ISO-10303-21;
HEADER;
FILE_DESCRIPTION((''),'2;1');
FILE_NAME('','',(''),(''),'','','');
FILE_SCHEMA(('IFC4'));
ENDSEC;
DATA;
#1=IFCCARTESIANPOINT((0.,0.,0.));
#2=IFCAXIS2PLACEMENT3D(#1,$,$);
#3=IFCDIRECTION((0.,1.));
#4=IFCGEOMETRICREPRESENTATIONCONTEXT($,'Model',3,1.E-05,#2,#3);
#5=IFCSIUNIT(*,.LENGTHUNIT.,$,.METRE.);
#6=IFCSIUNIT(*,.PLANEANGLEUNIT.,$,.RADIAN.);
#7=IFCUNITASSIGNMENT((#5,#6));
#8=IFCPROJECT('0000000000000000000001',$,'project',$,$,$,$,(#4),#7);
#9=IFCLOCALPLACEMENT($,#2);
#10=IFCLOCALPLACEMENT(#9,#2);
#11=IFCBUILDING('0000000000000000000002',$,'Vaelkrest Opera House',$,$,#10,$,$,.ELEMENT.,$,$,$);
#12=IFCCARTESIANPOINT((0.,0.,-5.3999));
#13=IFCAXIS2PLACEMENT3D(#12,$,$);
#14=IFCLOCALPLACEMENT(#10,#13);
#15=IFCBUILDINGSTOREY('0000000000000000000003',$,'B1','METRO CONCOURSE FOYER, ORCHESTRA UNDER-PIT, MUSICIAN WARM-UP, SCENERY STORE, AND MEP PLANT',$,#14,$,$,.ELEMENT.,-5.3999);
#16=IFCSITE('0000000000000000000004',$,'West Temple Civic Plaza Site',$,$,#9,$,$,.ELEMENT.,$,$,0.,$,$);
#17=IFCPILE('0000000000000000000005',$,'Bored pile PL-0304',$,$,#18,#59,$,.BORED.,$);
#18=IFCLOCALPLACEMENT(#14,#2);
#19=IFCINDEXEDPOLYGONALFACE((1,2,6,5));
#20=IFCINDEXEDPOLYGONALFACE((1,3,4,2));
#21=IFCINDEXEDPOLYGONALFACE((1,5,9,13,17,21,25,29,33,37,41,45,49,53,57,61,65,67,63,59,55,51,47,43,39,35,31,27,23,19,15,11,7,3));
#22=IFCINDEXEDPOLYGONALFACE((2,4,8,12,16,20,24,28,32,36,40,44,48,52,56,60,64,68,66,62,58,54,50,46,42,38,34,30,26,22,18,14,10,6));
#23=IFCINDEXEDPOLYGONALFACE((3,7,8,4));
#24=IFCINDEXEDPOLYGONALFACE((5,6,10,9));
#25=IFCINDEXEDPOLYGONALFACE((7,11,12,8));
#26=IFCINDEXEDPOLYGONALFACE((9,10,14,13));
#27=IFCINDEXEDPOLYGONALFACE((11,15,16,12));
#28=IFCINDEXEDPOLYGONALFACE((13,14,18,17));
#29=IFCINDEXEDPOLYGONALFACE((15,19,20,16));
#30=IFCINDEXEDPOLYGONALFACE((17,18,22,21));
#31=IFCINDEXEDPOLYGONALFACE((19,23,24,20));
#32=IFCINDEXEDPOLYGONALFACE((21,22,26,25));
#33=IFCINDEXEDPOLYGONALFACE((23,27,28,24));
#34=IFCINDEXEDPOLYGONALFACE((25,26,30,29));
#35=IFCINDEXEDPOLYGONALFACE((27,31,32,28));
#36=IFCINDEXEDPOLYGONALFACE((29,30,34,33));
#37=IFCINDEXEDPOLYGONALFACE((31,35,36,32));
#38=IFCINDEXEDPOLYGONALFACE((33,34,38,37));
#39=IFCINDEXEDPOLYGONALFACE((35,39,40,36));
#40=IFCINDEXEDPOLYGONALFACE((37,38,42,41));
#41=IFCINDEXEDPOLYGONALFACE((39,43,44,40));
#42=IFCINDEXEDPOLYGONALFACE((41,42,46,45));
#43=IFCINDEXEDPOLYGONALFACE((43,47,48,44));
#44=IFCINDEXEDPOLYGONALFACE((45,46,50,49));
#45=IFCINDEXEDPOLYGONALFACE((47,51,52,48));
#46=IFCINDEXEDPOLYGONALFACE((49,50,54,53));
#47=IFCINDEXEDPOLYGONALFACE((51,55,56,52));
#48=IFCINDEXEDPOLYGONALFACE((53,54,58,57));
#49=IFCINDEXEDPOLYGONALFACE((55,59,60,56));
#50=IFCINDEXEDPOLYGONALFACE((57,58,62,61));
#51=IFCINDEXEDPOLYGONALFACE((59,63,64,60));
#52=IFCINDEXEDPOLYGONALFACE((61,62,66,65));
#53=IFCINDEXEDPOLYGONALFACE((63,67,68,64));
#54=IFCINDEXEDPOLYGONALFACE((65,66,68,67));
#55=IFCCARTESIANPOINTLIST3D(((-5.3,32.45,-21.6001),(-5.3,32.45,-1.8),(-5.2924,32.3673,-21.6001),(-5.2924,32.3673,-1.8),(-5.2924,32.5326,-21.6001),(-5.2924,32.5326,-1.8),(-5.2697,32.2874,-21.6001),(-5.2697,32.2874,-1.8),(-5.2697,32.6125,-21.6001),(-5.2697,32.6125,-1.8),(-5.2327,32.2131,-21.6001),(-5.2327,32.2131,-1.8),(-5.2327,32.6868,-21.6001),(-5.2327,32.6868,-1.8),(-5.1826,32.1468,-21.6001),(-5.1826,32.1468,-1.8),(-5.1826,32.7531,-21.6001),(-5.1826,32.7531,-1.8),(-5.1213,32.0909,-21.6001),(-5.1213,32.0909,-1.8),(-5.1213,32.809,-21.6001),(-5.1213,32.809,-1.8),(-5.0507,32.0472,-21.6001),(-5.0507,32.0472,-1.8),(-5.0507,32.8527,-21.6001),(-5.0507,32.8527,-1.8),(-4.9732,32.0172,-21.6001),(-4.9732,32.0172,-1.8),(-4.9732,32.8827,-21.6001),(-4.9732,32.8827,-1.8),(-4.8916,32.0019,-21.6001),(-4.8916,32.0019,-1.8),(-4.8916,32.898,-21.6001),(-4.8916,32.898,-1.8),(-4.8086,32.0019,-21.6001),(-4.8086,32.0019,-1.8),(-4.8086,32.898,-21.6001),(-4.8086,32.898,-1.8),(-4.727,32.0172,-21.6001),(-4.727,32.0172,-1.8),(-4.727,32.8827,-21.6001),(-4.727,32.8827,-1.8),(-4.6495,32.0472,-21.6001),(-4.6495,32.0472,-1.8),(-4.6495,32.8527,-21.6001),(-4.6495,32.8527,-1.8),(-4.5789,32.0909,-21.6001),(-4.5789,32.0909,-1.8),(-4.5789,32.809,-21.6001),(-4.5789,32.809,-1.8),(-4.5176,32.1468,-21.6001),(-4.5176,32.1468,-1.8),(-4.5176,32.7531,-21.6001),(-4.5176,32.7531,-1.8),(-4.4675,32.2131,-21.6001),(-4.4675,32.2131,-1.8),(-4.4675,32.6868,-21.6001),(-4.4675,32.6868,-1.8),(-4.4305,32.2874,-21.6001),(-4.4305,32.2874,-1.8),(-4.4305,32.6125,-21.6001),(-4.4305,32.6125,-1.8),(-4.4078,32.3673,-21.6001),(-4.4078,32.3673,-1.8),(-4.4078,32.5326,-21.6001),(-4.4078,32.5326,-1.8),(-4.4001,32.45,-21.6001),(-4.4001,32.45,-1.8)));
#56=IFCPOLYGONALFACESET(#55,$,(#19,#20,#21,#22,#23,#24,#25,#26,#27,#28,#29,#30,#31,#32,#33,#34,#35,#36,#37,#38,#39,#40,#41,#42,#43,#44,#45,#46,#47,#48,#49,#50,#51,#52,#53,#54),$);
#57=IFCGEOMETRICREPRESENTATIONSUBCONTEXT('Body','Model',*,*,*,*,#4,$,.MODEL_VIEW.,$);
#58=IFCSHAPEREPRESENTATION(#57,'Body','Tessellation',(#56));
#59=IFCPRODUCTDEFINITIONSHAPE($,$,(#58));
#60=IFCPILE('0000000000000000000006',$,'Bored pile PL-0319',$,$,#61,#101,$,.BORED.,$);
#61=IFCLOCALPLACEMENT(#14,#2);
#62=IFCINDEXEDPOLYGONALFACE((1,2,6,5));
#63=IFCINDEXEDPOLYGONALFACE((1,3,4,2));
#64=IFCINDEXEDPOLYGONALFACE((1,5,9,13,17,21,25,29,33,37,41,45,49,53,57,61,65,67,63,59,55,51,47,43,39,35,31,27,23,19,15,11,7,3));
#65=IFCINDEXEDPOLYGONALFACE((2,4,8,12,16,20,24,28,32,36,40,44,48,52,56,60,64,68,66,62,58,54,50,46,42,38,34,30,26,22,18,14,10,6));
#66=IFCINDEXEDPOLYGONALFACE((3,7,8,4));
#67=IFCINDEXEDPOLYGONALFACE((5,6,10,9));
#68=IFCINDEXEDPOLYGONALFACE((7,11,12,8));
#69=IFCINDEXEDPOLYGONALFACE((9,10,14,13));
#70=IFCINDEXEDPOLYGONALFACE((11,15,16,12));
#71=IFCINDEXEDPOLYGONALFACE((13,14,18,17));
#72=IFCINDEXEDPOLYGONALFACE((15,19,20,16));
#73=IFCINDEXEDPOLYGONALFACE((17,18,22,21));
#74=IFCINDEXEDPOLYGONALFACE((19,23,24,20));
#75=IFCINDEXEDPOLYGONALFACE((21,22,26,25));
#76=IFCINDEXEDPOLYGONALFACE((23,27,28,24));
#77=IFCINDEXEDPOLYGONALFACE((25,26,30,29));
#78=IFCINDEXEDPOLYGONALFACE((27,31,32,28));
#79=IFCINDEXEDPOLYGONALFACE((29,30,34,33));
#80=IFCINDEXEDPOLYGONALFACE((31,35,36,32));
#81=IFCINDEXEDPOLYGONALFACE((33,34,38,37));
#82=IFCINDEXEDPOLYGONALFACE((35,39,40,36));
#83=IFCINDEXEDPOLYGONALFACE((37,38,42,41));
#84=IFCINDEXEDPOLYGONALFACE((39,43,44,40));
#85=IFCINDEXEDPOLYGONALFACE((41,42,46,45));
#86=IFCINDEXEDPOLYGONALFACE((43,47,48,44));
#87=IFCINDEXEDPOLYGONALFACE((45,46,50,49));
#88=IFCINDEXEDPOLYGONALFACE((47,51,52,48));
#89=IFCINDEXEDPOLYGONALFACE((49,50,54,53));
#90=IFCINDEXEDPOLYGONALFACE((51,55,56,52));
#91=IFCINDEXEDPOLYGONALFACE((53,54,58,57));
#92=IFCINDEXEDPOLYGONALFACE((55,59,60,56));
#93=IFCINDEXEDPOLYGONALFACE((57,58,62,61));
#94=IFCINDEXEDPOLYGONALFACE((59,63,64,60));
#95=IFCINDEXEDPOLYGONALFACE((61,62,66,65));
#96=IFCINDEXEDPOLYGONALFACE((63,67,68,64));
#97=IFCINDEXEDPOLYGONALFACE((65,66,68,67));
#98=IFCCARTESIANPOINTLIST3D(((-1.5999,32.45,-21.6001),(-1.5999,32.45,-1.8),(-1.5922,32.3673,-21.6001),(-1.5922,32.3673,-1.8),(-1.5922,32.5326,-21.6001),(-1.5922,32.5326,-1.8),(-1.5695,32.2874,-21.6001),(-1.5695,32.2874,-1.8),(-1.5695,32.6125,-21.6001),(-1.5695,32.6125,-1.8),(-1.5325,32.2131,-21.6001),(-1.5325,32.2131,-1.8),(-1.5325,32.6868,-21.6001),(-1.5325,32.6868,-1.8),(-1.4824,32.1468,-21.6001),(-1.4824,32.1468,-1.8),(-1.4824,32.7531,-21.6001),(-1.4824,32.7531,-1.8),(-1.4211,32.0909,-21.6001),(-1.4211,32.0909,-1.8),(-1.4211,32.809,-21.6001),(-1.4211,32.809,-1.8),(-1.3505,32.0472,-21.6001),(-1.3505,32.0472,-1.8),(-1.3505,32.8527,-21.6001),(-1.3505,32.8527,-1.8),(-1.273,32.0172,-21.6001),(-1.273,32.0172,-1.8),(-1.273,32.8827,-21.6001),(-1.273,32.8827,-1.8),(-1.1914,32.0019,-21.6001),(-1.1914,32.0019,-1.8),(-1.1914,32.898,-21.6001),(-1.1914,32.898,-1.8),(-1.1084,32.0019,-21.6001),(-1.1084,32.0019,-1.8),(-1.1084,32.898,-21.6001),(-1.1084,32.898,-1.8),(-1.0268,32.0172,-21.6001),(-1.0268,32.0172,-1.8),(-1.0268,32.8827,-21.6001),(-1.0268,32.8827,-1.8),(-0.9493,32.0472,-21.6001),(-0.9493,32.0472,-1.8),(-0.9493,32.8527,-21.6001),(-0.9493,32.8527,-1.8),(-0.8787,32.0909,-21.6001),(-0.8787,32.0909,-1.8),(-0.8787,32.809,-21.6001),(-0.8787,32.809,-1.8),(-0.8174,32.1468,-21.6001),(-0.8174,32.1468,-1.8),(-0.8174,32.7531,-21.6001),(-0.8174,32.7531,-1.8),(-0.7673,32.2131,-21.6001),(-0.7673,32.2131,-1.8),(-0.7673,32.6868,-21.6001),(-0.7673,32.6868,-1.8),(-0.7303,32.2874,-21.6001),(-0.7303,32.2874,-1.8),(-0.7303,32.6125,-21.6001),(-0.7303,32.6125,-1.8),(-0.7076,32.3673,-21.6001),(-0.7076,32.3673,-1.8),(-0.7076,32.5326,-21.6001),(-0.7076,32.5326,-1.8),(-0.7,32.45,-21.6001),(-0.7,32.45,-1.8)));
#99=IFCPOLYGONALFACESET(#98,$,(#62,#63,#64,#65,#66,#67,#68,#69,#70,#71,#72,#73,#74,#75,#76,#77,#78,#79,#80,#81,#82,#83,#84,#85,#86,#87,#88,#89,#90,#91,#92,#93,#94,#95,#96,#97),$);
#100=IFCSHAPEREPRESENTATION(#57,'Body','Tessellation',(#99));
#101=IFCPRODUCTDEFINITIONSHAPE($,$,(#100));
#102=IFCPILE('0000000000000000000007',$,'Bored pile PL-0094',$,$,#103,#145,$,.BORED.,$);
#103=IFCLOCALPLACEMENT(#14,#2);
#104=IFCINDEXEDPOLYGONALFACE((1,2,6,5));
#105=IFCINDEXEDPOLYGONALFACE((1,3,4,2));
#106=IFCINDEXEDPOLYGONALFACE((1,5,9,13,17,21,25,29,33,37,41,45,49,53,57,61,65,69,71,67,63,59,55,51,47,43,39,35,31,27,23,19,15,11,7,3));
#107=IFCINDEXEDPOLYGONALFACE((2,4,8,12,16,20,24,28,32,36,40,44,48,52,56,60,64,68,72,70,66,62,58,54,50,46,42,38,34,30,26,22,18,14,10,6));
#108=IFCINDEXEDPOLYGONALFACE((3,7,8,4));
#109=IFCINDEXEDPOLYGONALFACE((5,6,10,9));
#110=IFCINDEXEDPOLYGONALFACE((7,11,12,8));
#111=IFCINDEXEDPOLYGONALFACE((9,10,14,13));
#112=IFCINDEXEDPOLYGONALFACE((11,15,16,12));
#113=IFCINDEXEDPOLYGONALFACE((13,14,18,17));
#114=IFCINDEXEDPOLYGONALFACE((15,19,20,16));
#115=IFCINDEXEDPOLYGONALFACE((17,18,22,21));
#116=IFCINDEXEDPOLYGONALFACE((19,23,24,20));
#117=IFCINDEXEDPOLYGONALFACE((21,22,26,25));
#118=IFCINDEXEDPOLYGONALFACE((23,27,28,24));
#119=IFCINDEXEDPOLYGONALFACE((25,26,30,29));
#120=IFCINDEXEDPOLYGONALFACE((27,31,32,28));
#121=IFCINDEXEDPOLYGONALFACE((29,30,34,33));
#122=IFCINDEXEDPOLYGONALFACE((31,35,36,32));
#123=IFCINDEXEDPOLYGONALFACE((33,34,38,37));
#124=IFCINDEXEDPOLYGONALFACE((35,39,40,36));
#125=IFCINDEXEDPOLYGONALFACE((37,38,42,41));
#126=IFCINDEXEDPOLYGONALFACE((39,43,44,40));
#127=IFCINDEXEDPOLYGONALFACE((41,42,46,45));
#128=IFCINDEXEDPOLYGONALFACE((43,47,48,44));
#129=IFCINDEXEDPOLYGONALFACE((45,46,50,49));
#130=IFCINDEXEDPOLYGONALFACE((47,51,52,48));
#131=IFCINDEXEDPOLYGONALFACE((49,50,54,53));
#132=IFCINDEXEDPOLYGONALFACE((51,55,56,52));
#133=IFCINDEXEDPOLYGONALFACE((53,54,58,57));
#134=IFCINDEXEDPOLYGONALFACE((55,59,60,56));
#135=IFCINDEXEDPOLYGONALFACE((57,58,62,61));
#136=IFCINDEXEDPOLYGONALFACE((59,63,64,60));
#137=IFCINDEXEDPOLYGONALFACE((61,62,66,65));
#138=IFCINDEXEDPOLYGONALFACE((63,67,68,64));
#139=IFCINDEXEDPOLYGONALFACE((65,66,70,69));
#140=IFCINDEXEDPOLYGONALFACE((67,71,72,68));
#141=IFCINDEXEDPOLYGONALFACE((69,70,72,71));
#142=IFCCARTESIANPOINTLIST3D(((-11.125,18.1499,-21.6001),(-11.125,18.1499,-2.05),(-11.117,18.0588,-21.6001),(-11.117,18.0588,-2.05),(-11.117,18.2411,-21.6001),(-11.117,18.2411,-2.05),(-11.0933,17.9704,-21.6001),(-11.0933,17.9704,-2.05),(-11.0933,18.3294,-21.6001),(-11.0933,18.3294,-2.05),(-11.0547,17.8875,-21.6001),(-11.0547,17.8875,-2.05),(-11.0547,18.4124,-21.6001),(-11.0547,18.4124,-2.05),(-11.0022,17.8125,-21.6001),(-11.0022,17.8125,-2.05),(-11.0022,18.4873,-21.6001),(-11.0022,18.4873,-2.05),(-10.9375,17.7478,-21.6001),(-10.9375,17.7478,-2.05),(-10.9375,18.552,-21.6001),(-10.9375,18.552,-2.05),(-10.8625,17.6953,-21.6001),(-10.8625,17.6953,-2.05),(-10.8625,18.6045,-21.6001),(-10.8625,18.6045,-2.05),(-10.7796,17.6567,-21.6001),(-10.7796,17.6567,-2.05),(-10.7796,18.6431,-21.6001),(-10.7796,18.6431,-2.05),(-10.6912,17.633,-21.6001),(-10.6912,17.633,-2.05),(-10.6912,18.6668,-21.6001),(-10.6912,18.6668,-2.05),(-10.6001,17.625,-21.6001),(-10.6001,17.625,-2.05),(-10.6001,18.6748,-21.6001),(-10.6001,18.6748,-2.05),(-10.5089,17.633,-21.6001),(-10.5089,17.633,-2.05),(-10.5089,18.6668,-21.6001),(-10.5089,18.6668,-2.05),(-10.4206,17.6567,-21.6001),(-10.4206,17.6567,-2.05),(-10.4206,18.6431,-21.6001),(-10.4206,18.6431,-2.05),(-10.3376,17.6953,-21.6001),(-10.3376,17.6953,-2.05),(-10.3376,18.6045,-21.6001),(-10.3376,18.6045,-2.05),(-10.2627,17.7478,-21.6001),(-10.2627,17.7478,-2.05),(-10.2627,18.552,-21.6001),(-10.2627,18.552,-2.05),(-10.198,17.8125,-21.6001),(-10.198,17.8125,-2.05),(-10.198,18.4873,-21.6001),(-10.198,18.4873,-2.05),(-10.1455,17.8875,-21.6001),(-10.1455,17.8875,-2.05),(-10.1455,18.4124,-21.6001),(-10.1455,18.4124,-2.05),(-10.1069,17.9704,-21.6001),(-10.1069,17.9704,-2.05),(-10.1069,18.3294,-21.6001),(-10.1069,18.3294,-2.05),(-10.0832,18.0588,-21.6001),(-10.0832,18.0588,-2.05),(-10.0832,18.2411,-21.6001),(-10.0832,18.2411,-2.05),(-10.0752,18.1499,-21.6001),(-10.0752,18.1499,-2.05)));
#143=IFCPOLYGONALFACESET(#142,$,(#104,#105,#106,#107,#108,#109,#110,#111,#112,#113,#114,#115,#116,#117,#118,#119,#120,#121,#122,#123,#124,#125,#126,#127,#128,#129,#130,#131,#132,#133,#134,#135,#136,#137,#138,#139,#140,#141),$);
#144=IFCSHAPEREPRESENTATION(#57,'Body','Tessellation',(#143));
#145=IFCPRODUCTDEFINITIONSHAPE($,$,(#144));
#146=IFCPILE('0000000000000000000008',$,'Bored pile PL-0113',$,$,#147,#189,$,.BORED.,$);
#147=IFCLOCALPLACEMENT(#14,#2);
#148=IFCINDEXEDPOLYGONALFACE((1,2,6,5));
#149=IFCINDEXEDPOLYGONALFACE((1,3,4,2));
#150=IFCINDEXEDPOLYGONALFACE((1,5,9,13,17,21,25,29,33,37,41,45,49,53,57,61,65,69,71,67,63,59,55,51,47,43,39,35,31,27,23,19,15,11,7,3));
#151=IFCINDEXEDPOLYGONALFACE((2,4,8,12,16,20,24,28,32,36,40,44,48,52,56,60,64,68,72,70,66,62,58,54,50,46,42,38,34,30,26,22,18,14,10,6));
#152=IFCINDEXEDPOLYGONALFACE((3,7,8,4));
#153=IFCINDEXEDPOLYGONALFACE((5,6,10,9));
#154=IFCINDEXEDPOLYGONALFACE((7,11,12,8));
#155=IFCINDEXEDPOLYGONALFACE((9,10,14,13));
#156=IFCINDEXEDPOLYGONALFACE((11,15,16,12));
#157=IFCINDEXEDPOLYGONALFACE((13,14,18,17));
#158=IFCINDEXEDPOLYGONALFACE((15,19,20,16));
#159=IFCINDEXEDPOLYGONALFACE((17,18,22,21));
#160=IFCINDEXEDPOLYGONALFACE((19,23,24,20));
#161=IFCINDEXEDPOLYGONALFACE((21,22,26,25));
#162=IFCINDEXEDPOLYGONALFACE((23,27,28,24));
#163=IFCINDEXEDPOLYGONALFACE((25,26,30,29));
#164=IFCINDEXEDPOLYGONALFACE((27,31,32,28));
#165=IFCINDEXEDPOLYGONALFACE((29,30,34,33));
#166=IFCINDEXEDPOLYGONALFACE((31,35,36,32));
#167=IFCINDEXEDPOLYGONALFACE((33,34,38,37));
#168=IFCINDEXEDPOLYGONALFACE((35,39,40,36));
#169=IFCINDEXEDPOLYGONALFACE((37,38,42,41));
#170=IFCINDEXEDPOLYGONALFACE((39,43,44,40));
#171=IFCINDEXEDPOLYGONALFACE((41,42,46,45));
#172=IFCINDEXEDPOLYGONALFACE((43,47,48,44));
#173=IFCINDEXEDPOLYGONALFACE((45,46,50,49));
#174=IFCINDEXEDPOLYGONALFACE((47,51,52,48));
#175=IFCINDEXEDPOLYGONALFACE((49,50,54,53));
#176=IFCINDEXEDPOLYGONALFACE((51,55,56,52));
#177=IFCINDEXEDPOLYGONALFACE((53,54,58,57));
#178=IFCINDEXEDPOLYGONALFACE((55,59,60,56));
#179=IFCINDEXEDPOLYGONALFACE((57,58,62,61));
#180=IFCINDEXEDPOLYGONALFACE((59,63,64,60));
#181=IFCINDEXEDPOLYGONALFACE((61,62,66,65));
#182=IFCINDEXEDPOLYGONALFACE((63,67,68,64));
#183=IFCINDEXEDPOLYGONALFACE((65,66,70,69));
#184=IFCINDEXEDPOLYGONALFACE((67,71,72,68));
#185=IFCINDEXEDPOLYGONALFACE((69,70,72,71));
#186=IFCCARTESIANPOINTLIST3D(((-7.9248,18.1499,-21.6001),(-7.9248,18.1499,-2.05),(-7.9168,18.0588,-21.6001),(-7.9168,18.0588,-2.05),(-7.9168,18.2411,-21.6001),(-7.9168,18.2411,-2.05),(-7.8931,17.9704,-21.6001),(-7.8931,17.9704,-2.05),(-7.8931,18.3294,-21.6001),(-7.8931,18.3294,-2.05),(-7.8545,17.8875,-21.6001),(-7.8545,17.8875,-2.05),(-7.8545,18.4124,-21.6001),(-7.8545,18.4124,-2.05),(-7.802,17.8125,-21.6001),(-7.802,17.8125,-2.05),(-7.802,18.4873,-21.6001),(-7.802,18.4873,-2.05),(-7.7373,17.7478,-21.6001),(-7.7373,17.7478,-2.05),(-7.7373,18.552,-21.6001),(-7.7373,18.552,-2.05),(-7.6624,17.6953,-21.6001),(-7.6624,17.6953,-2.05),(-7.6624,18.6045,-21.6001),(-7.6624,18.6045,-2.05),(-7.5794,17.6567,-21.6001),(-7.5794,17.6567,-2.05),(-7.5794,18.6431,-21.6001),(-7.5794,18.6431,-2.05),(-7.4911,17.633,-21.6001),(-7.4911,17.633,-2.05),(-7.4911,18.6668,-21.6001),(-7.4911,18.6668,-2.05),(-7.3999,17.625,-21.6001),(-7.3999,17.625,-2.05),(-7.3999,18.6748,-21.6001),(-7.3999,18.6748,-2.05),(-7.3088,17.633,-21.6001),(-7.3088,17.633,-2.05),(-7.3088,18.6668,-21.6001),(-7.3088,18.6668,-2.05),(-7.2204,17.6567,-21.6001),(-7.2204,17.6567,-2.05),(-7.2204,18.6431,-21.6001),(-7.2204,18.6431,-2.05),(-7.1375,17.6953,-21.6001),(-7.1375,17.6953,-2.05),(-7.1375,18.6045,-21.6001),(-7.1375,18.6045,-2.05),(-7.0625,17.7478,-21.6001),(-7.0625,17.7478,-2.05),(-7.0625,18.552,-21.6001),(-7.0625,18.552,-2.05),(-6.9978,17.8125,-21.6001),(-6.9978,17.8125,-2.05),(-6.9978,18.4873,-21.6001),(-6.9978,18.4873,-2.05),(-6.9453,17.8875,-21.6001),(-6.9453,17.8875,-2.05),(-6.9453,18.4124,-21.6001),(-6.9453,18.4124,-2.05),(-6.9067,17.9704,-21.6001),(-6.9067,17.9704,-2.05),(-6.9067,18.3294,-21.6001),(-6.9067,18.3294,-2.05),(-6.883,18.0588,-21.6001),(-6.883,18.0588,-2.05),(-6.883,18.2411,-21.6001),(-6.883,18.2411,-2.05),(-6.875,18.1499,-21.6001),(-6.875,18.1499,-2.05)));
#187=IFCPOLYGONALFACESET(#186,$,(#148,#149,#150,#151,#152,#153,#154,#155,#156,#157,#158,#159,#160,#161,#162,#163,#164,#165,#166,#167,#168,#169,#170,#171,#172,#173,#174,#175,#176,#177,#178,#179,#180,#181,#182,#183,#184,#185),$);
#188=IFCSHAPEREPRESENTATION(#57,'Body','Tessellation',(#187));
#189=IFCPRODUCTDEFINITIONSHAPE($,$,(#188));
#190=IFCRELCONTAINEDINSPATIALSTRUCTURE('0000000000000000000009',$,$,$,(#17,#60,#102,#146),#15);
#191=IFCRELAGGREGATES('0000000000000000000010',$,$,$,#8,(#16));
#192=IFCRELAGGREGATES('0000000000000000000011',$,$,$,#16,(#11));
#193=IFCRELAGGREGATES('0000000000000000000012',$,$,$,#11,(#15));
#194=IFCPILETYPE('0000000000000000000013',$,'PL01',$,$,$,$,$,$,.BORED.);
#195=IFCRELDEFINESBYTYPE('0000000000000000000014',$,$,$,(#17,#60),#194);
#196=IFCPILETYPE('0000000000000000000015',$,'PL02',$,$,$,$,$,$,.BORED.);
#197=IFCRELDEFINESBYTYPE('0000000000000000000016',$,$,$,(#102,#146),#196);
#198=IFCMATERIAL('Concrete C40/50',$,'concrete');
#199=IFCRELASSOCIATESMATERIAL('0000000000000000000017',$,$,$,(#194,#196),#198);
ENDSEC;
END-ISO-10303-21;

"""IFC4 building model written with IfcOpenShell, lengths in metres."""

from ifc_helpers import new_model, si_unit, direction, frame, origin, origin_2d, place, context, subcontext, project, spatial, circle, extrude, material, material_profile, profile_set, type_object, element, save


model = new_model("IFC4")

# Units and contexts
model_context = context("Model", 3, precision=1e-05, world=origin(), true_north=direction((0.0, 1.0)))
body_context = subcontext(model_context, "Body", "Model", "MODEL_VIEW")
ifc_project = project(units=[si_unit("LENGTHUNIT", "METRE"), si_unit("PLANEANGLEUNIT", "RADIAN")], contexts=[model_context])

# Site, building, storey
site_placement = place(None, origin())
site = spatial("IfcSite", under=ifc_project, at=site_placement, Name="West Temple Civic Plaza Site", CompositionType="ELEMENT", RefElevation=0.0)
building_placement = place(site_placement, origin())
building = spatial("IfcBuilding", under=site, at=building_placement, Name="Vaelkrest Opera House", CompositionType="ELEMENT")
storey_placement = place(building_placement, frame((0.0, 0.0, -5.3999)))
storey = spatial("IfcBuildingStorey", under=building, at=storey_placement, Name="B1", Description="METRO CONCOURSE FOYER, ORCHESTRA UNDER-PIT, MUSICIAN WARM-UP, SCENERY STORE, AND MEP PLANT", CompositionType="ELEMENT", Elevation=-5.3999)

# Shared definitions
ifc_material_1 = material(Name="Concrete C40/50", Category="concrete")

# Piles
ifc_material_profile_1 = material_profile(ifc_material_1, circle(Radius=0.45, at=origin_2d()), Name="PILE900")
ifc_profile_set_1 = profile_set([ifc_material_profile_1], Name="Concrete C40/50")
pile_type_1 = type_object("IfcPileType", Name="PL01", PredefinedType="BORED", material=ifc_profile_set_1)
for number, where, z_axis, x_axis, name in (
    (1, (-4.8501, 32.45, -1.8), (0.0, 0.0, -1.0), (1.0, 0.0, 0.0), "Bored pile PL-0304"),
    (2, (-1.1499, 32.45, -1.8), (0.0, 0.0, -1.0), (1.0, 0.0, 0.0), "Bored pile PL-0319"),
):
    element("IfcPile", number, at=place(storey_placement, frame(where, z_axis=z_axis, x_axis=x_axis)), inside=storey, type_object=pile_type_1, Name=name, PredefinedType="BORED", context=body_context, shape_type="SweptSolid", body=[
        extrude(circle(Radius=0.45, at=origin_2d()), origin(), (0.0, 0.0, 1.0), 19.8),
    ])
ifc_material_profile_2 = material_profile(ifc_material_1, circle(Radius=0.5249, at=origin_2d()), Name="PILE1050")
ifc_profile_set_2 = profile_set([ifc_material_profile_2], Name="Concrete C40/50")
pile_type_2 = type_object("IfcPileType", Name="PL02", PredefinedType="BORED", material=ifc_profile_set_2)
for number, where, z_axis, x_axis, name in (
    (3, (-10.6001, 18.1499, -2.05), (0.0, 0.0, -1.0), (1.0, 0.0, 0.0), "Bored pile PL-0094"),
    (4, (-7.3999, 18.1499, -2.05), (0.0, 0.0, -1.0), (1.0, 0.0, 0.0), "Bored pile PL-0113"),
):
    element("IfcPile", number, at=place(storey_placement, frame(where, z_axis=z_axis, x_axis=x_axis)), inside=storey, type_object=pile_type_2, Name=name, PredefinedType="BORED", context=body_context, shape_type="SweptSolid", body=[
        extrude(circle(Radius=0.5249, at=origin_2d()), origin(), (0.0, 0.0, 1.0), 19.55),
    ])

save(model, "model.ifc")
